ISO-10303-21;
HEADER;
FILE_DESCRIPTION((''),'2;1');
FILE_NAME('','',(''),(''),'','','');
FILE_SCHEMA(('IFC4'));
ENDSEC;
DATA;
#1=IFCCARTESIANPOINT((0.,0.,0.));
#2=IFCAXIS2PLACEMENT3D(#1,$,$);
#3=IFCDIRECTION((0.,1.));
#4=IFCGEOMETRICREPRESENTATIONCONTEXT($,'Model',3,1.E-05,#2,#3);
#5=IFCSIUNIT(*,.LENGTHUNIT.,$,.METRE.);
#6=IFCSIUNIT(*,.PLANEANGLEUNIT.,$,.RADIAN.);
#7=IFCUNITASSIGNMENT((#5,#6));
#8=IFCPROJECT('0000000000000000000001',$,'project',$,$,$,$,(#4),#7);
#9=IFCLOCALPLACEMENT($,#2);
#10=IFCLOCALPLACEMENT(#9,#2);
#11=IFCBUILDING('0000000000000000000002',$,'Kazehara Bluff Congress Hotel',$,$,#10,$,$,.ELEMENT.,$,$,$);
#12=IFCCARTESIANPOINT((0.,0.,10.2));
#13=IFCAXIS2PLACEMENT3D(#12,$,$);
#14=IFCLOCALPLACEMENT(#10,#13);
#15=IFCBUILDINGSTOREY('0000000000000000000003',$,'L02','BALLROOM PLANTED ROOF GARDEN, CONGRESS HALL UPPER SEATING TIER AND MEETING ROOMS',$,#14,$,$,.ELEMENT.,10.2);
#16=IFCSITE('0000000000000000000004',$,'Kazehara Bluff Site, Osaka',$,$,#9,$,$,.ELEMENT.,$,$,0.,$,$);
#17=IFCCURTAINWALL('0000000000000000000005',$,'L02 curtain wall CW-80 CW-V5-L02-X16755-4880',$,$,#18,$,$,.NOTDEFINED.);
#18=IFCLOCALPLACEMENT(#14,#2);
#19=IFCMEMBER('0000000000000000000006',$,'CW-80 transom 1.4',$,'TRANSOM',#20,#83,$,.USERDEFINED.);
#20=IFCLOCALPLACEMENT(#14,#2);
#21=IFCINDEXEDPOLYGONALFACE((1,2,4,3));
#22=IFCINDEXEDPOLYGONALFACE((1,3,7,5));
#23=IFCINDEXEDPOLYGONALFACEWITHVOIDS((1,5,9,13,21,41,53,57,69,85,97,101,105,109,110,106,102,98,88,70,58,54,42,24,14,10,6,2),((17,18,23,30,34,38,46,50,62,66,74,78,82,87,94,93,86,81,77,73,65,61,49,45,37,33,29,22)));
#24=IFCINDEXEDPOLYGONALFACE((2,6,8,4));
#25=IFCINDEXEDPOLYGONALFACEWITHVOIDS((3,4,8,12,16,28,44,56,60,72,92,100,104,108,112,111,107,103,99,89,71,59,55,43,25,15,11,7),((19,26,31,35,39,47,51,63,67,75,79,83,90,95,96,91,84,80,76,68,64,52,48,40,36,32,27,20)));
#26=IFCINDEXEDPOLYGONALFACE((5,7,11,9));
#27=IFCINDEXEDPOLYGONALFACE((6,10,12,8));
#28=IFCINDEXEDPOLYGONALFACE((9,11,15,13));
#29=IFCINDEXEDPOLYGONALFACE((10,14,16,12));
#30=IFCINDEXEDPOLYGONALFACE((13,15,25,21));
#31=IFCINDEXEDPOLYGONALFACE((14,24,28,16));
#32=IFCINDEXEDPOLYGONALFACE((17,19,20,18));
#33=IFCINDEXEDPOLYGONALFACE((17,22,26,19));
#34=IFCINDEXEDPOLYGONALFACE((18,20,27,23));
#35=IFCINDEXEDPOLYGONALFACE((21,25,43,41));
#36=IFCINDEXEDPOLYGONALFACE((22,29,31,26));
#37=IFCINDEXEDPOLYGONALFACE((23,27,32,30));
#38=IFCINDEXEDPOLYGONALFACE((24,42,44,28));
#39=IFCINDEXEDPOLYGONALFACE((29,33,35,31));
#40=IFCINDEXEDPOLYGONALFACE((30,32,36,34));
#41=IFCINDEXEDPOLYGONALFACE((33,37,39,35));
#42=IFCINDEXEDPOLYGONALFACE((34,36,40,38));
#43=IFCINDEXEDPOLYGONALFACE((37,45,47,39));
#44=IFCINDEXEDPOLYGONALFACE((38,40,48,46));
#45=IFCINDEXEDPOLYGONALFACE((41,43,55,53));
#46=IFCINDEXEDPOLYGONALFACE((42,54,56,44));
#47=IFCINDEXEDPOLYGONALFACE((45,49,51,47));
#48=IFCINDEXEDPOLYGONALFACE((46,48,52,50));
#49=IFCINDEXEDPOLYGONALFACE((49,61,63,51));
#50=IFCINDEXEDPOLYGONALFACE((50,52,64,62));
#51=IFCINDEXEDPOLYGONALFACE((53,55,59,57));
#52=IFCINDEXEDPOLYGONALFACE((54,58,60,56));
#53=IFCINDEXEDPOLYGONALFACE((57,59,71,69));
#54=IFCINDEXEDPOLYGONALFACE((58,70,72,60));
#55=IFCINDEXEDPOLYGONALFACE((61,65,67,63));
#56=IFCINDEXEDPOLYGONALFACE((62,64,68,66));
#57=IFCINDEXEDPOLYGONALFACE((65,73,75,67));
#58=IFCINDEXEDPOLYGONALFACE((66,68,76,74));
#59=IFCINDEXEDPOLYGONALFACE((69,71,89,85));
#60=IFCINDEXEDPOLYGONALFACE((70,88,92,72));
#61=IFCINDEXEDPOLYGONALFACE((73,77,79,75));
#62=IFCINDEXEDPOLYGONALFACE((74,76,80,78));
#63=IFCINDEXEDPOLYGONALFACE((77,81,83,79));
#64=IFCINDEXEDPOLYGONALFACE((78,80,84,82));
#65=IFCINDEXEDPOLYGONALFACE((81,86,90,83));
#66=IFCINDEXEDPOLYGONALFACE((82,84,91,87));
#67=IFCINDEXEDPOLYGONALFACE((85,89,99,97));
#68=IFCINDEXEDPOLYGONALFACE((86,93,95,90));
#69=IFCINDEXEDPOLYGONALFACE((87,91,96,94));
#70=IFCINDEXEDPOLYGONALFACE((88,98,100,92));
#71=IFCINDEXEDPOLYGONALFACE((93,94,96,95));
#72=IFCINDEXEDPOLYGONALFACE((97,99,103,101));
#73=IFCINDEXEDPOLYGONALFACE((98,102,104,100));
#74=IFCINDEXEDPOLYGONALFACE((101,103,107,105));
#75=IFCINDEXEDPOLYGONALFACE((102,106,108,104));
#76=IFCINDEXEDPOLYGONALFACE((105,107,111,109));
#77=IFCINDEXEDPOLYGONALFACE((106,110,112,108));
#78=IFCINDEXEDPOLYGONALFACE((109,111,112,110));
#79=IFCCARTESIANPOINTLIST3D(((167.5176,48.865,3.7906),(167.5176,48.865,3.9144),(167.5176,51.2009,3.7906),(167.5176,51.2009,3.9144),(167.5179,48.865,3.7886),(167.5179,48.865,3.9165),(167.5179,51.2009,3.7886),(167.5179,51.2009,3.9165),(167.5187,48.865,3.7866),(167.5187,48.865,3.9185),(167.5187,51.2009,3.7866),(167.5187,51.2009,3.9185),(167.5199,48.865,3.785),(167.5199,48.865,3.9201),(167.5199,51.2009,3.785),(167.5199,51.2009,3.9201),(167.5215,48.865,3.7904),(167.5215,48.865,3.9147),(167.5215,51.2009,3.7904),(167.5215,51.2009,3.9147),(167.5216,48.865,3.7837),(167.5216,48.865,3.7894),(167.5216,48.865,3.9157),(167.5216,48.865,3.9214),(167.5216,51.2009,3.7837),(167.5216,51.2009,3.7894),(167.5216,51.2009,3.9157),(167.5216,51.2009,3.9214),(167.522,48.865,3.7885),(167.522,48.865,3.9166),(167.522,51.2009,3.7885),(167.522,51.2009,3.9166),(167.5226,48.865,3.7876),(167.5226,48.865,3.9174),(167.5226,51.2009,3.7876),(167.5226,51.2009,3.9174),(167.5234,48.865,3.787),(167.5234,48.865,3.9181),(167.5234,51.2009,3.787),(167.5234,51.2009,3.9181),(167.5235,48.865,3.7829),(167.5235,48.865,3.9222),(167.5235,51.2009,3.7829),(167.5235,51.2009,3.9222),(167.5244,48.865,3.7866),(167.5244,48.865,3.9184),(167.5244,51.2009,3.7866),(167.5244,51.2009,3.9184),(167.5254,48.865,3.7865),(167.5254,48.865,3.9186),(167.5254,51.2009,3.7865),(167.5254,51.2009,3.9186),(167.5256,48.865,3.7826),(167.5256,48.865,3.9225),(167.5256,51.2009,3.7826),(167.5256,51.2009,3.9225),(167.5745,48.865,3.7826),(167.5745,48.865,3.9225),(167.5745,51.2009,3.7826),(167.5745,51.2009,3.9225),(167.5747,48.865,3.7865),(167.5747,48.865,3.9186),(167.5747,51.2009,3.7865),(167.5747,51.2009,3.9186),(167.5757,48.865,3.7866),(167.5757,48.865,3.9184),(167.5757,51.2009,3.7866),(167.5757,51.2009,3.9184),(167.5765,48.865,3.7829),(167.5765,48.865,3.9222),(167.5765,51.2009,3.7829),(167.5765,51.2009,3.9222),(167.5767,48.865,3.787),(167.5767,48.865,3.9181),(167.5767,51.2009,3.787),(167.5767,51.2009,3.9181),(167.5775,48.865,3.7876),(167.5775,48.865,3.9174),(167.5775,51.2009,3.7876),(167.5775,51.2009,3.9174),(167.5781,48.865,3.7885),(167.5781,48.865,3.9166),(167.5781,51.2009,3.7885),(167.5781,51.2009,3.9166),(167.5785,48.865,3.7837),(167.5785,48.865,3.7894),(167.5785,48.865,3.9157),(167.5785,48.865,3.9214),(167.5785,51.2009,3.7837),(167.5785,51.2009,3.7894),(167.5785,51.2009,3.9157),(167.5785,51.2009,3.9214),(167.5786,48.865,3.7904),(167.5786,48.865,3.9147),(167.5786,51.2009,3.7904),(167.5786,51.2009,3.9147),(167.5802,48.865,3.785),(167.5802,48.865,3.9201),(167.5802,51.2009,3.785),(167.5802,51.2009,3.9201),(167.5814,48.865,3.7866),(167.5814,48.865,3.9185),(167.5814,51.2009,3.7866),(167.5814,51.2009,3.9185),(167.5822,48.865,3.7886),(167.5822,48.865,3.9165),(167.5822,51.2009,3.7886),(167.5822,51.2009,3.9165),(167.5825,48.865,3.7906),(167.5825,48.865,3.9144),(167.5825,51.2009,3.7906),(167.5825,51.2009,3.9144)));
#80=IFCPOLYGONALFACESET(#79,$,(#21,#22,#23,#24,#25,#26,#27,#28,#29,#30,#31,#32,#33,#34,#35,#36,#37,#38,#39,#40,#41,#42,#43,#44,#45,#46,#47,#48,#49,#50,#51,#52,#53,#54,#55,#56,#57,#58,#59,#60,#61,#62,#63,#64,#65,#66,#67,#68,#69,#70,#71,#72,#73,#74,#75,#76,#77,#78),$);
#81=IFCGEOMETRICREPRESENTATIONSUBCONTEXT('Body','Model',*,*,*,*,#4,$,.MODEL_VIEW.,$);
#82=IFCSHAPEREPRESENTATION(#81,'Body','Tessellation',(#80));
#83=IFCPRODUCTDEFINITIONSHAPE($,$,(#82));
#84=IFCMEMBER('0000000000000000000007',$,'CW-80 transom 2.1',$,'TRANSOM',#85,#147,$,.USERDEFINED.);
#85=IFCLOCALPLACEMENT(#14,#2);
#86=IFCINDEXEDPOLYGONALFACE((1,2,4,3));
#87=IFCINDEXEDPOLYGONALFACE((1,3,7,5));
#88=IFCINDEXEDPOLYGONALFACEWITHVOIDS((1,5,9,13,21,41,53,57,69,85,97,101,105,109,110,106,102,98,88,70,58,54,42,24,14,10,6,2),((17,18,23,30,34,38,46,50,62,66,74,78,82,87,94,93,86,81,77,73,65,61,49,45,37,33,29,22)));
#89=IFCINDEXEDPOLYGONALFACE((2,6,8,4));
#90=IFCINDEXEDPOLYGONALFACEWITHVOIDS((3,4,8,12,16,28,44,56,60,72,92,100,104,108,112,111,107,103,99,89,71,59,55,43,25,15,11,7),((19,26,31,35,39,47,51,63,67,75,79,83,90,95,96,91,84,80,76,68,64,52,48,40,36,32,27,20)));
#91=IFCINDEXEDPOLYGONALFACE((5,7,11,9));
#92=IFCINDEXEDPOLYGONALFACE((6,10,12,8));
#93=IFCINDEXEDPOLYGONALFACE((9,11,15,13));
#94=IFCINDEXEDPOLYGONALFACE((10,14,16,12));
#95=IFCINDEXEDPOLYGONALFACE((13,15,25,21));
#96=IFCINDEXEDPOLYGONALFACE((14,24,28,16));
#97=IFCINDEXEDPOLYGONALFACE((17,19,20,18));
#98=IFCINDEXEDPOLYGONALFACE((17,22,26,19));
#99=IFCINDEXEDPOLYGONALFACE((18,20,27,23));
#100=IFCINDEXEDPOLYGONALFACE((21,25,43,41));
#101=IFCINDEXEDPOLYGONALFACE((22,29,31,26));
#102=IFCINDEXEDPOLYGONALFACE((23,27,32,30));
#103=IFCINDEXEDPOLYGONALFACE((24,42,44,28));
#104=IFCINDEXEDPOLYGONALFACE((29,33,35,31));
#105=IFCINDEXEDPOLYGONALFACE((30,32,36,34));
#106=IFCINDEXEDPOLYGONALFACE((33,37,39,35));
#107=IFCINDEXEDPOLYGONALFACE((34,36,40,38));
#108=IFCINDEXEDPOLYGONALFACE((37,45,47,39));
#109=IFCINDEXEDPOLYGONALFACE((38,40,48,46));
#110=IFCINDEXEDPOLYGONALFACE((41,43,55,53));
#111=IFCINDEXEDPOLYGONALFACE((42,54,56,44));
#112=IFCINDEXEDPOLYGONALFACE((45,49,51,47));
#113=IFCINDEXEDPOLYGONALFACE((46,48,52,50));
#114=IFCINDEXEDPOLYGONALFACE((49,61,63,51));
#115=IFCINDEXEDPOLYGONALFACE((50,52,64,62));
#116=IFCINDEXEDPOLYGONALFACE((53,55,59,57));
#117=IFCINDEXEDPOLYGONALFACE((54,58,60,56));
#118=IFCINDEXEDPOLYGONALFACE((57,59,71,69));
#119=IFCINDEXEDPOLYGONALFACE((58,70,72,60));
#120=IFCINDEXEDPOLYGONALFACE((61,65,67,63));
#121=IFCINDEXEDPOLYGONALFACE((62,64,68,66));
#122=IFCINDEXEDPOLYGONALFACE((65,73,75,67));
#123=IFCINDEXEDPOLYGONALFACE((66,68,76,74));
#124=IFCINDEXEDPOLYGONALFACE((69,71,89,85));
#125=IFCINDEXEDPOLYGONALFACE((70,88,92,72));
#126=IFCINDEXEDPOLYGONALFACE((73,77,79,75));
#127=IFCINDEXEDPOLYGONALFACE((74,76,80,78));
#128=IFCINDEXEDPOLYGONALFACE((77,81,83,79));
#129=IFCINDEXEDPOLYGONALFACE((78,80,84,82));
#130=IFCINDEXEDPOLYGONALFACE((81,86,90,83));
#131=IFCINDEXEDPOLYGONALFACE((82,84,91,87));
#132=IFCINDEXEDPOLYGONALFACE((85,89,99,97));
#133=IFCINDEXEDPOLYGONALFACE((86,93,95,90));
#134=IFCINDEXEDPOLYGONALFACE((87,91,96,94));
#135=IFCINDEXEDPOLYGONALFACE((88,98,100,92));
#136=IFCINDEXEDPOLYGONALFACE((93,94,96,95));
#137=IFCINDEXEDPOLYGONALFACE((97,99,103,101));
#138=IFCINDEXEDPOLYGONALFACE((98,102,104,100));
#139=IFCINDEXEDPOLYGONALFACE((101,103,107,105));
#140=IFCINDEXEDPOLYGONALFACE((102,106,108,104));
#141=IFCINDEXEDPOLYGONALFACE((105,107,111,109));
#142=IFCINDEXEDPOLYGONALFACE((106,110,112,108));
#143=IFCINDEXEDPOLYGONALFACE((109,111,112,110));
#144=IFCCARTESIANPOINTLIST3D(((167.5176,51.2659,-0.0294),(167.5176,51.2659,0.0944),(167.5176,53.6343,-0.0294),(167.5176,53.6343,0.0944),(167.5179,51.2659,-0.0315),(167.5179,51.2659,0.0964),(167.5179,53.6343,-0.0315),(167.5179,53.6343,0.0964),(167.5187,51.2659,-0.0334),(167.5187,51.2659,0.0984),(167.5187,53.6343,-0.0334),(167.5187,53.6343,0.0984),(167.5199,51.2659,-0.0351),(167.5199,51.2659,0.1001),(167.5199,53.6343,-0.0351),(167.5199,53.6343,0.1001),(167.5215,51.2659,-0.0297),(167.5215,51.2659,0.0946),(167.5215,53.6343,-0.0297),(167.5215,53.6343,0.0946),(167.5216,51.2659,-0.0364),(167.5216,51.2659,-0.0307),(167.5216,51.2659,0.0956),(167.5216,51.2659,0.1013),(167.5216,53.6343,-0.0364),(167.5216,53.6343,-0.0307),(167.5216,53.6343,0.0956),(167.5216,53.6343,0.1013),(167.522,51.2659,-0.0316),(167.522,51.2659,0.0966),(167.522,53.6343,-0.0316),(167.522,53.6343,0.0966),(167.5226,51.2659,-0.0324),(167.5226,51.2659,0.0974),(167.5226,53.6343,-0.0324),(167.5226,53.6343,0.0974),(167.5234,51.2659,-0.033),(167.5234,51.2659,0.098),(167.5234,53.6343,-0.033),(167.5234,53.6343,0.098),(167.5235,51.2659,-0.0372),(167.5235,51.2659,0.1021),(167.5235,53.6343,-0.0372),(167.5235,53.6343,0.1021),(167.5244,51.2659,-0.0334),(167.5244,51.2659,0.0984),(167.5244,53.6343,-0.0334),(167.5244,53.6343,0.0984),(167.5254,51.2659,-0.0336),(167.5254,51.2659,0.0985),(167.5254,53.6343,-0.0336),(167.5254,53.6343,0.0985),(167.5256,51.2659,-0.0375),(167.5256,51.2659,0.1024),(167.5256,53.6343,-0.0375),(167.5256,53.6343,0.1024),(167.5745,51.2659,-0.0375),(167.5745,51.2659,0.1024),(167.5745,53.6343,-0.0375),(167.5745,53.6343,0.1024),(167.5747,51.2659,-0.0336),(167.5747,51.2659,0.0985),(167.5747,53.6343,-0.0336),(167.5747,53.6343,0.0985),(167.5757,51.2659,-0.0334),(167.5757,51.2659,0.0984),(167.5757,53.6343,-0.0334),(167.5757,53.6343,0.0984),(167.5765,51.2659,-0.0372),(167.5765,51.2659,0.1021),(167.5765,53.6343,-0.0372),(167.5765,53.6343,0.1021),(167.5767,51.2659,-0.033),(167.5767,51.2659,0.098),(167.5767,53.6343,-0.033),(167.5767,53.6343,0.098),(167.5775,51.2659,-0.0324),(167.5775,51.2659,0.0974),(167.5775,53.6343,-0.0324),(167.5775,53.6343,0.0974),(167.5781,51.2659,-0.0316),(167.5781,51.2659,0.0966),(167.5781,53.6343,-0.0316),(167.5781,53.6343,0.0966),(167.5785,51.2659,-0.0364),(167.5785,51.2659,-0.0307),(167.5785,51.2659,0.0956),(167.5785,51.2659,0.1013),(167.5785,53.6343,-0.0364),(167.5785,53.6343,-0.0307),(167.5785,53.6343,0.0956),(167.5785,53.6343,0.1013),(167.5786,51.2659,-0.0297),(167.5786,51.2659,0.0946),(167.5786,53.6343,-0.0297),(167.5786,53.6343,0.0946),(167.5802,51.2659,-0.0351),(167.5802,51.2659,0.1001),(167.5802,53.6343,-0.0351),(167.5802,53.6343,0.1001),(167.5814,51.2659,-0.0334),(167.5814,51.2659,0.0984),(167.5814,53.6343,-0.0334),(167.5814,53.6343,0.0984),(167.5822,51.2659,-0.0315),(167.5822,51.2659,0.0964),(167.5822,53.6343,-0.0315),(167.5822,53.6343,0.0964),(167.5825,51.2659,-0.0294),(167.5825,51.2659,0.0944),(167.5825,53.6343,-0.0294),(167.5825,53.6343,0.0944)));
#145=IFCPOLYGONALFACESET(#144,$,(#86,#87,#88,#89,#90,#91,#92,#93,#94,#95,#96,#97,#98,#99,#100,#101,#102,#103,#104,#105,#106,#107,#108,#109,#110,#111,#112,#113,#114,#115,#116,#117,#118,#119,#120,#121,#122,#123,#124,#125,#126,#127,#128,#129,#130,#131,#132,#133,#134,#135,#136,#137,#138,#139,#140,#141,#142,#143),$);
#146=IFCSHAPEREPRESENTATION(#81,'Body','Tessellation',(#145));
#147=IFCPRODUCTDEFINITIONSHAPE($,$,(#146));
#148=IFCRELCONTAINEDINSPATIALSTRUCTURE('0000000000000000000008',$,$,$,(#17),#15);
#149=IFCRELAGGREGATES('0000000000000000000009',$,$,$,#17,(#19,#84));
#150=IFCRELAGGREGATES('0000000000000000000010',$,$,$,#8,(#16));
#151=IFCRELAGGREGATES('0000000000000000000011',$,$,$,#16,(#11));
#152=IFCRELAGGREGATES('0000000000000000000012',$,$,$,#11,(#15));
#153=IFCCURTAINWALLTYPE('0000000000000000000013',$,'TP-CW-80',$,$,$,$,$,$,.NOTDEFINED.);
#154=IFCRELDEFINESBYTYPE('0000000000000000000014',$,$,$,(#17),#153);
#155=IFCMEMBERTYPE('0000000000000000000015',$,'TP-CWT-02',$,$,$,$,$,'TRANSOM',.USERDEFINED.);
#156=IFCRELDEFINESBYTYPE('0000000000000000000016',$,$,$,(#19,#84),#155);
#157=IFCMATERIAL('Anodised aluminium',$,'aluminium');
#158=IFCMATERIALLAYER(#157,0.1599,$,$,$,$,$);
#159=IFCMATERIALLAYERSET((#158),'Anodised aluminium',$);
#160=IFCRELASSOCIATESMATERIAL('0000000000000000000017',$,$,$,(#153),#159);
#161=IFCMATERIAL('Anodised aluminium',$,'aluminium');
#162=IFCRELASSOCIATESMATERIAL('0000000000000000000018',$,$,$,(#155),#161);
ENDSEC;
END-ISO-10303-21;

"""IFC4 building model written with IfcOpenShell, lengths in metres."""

from ifc_helpers import new_model, si_unit, direction, frame, origin, origin_2d, place, context, subcontext, project, spatial, hollow_rectangle, extrude, material, layer, layer_set, material_profile, profile_set, type_object, element, aggregate, save


model = new_model("IFC4")

# Units and contexts
model_context = context("Model", 3, precision=1e-05, world=origin(), true_north=direction((0.0, 1.0)))
body_context = subcontext(model_context, "Body", "Model", "MODEL_VIEW")
ifc_project = project(units=[si_unit("LENGTHUNIT", "METRE"), si_unit("PLANEANGLEUNIT", "RADIAN")], contexts=[model_context])

# Site, building, storey
site_placement = place(None, origin())
site = spatial("IfcSite", under=ifc_project, at=site_placement, Name="Kazehara Bluff Site, Osaka", CompositionType="ELEMENT", RefElevation=0.0)
building_placement = place(site_placement, origin())
building = spatial("IfcBuilding", under=site, at=building_placement, Name="Kazehara Bluff Congress Hotel", CompositionType="ELEMENT")
storey_placement = place(building_placement, frame((0.0, 0.0, 10.2)))
storey = spatial("IfcBuildingStorey", under=building, at=storey_placement, Name="L02", Description="BALLROOM PLANTED ROOF GARDEN, CONGRESS HALL UPPER SEATING TIER AND MEETING ROOMS", CompositionType="ELEMENT", Elevation=10.2)

# Curtain wall, members
ifc_material_1 = material(Name="Anodised aluminium", Category="aluminium")
ifc_layer_1 = layer(ifc_material_1, 0.1599)
ifc_layer_set_1 = layer_set([ifc_layer_1], Name="Anodised aluminium")
curtain_wall_type_1 = type_object("IfcCurtainWallType", Name="TP-CW-80", PredefinedType="NOTDEFINED", material=ifc_layer_set_1)
curtain_wall_1_placement = place(storey_placement, origin())
curtain_wall_1 = element("IfcCurtainWall", 1, at=curtain_wall_1_placement, inside=storey, type_object=curtain_wall_type_1, Name="L02 curtain wall CW-80 CW-V5-L02-X16755-4880", PredefinedType="NOTDEFINED")
ifc_material_2 = material(Name="Anodised aluminium", Category="aluminium")
ifc_material_profile_1 = material_profile(ifc_material_2, hollow_rectangle(XDim=0.0649, YDim=0.1399, WallThickness=0.0039, InnerFilletRadius=0.0039, OuterFilletRadius=0.0081, at=origin_2d()))
ifc_profile_set_1 = profile_set([ifc_material_profile_1], Name="Anodised aluminium")
member_type_1 = type_object("IfcMemberType", Name="TP-CWT-02", ElementType="TRANSOM", PredefinedType="USERDEFINED", material=ifc_profile_set_1)
member_1_placement = place(storey_placement, frame((167.55, 48.865, 3.8525), z_axis=(0.0, 1.0, 0.0), x_axis=(-1.0, 0.0, 0.0)))
member_1 = element("IfcMember", 2, at=member_1_placement, type_object=member_type_1, Name="CW-80 transom 1.4", ObjectType="TRANSOM", PredefinedType="USERDEFINED", context=body_context, shape_type="SweptSolid", body=[
    extrude(hollow_rectangle(XDim=0.0649, YDim=0.1399, WallThickness=0.0039, InnerFilletRadius=0.0039, OuterFilletRadius=0.0081, at=origin_2d()), origin(), (0.0, 0.0, 1.0), 2.3359),
])
member_2_placement = place(storey_placement, frame((167.55, 51.2659, 0.0325), z_axis=(0.0, 1.0, 0.0), x_axis=(-1.0, 0.0, 0.0)))
member_2 = element("IfcMember", 3, at=member_2_placement, type_object=member_type_1, Name="CW-80 transom 2.1", ObjectType="TRANSOM", PredefinedType="USERDEFINED", context=body_context, shape_type="SweptSolid", body=[
    extrude(hollow_rectangle(XDim=0.0649, YDim=0.1399, WallThickness=0.0039, InnerFilletRadius=0.0039, OuterFilletRadius=0.0081, at=origin_2d()), origin(), (0.0, 0.0, 1.0), 2.3684),
])

aggregate(curtain_wall_1, [member_1, member_2])

save(model, "model.ifc")
